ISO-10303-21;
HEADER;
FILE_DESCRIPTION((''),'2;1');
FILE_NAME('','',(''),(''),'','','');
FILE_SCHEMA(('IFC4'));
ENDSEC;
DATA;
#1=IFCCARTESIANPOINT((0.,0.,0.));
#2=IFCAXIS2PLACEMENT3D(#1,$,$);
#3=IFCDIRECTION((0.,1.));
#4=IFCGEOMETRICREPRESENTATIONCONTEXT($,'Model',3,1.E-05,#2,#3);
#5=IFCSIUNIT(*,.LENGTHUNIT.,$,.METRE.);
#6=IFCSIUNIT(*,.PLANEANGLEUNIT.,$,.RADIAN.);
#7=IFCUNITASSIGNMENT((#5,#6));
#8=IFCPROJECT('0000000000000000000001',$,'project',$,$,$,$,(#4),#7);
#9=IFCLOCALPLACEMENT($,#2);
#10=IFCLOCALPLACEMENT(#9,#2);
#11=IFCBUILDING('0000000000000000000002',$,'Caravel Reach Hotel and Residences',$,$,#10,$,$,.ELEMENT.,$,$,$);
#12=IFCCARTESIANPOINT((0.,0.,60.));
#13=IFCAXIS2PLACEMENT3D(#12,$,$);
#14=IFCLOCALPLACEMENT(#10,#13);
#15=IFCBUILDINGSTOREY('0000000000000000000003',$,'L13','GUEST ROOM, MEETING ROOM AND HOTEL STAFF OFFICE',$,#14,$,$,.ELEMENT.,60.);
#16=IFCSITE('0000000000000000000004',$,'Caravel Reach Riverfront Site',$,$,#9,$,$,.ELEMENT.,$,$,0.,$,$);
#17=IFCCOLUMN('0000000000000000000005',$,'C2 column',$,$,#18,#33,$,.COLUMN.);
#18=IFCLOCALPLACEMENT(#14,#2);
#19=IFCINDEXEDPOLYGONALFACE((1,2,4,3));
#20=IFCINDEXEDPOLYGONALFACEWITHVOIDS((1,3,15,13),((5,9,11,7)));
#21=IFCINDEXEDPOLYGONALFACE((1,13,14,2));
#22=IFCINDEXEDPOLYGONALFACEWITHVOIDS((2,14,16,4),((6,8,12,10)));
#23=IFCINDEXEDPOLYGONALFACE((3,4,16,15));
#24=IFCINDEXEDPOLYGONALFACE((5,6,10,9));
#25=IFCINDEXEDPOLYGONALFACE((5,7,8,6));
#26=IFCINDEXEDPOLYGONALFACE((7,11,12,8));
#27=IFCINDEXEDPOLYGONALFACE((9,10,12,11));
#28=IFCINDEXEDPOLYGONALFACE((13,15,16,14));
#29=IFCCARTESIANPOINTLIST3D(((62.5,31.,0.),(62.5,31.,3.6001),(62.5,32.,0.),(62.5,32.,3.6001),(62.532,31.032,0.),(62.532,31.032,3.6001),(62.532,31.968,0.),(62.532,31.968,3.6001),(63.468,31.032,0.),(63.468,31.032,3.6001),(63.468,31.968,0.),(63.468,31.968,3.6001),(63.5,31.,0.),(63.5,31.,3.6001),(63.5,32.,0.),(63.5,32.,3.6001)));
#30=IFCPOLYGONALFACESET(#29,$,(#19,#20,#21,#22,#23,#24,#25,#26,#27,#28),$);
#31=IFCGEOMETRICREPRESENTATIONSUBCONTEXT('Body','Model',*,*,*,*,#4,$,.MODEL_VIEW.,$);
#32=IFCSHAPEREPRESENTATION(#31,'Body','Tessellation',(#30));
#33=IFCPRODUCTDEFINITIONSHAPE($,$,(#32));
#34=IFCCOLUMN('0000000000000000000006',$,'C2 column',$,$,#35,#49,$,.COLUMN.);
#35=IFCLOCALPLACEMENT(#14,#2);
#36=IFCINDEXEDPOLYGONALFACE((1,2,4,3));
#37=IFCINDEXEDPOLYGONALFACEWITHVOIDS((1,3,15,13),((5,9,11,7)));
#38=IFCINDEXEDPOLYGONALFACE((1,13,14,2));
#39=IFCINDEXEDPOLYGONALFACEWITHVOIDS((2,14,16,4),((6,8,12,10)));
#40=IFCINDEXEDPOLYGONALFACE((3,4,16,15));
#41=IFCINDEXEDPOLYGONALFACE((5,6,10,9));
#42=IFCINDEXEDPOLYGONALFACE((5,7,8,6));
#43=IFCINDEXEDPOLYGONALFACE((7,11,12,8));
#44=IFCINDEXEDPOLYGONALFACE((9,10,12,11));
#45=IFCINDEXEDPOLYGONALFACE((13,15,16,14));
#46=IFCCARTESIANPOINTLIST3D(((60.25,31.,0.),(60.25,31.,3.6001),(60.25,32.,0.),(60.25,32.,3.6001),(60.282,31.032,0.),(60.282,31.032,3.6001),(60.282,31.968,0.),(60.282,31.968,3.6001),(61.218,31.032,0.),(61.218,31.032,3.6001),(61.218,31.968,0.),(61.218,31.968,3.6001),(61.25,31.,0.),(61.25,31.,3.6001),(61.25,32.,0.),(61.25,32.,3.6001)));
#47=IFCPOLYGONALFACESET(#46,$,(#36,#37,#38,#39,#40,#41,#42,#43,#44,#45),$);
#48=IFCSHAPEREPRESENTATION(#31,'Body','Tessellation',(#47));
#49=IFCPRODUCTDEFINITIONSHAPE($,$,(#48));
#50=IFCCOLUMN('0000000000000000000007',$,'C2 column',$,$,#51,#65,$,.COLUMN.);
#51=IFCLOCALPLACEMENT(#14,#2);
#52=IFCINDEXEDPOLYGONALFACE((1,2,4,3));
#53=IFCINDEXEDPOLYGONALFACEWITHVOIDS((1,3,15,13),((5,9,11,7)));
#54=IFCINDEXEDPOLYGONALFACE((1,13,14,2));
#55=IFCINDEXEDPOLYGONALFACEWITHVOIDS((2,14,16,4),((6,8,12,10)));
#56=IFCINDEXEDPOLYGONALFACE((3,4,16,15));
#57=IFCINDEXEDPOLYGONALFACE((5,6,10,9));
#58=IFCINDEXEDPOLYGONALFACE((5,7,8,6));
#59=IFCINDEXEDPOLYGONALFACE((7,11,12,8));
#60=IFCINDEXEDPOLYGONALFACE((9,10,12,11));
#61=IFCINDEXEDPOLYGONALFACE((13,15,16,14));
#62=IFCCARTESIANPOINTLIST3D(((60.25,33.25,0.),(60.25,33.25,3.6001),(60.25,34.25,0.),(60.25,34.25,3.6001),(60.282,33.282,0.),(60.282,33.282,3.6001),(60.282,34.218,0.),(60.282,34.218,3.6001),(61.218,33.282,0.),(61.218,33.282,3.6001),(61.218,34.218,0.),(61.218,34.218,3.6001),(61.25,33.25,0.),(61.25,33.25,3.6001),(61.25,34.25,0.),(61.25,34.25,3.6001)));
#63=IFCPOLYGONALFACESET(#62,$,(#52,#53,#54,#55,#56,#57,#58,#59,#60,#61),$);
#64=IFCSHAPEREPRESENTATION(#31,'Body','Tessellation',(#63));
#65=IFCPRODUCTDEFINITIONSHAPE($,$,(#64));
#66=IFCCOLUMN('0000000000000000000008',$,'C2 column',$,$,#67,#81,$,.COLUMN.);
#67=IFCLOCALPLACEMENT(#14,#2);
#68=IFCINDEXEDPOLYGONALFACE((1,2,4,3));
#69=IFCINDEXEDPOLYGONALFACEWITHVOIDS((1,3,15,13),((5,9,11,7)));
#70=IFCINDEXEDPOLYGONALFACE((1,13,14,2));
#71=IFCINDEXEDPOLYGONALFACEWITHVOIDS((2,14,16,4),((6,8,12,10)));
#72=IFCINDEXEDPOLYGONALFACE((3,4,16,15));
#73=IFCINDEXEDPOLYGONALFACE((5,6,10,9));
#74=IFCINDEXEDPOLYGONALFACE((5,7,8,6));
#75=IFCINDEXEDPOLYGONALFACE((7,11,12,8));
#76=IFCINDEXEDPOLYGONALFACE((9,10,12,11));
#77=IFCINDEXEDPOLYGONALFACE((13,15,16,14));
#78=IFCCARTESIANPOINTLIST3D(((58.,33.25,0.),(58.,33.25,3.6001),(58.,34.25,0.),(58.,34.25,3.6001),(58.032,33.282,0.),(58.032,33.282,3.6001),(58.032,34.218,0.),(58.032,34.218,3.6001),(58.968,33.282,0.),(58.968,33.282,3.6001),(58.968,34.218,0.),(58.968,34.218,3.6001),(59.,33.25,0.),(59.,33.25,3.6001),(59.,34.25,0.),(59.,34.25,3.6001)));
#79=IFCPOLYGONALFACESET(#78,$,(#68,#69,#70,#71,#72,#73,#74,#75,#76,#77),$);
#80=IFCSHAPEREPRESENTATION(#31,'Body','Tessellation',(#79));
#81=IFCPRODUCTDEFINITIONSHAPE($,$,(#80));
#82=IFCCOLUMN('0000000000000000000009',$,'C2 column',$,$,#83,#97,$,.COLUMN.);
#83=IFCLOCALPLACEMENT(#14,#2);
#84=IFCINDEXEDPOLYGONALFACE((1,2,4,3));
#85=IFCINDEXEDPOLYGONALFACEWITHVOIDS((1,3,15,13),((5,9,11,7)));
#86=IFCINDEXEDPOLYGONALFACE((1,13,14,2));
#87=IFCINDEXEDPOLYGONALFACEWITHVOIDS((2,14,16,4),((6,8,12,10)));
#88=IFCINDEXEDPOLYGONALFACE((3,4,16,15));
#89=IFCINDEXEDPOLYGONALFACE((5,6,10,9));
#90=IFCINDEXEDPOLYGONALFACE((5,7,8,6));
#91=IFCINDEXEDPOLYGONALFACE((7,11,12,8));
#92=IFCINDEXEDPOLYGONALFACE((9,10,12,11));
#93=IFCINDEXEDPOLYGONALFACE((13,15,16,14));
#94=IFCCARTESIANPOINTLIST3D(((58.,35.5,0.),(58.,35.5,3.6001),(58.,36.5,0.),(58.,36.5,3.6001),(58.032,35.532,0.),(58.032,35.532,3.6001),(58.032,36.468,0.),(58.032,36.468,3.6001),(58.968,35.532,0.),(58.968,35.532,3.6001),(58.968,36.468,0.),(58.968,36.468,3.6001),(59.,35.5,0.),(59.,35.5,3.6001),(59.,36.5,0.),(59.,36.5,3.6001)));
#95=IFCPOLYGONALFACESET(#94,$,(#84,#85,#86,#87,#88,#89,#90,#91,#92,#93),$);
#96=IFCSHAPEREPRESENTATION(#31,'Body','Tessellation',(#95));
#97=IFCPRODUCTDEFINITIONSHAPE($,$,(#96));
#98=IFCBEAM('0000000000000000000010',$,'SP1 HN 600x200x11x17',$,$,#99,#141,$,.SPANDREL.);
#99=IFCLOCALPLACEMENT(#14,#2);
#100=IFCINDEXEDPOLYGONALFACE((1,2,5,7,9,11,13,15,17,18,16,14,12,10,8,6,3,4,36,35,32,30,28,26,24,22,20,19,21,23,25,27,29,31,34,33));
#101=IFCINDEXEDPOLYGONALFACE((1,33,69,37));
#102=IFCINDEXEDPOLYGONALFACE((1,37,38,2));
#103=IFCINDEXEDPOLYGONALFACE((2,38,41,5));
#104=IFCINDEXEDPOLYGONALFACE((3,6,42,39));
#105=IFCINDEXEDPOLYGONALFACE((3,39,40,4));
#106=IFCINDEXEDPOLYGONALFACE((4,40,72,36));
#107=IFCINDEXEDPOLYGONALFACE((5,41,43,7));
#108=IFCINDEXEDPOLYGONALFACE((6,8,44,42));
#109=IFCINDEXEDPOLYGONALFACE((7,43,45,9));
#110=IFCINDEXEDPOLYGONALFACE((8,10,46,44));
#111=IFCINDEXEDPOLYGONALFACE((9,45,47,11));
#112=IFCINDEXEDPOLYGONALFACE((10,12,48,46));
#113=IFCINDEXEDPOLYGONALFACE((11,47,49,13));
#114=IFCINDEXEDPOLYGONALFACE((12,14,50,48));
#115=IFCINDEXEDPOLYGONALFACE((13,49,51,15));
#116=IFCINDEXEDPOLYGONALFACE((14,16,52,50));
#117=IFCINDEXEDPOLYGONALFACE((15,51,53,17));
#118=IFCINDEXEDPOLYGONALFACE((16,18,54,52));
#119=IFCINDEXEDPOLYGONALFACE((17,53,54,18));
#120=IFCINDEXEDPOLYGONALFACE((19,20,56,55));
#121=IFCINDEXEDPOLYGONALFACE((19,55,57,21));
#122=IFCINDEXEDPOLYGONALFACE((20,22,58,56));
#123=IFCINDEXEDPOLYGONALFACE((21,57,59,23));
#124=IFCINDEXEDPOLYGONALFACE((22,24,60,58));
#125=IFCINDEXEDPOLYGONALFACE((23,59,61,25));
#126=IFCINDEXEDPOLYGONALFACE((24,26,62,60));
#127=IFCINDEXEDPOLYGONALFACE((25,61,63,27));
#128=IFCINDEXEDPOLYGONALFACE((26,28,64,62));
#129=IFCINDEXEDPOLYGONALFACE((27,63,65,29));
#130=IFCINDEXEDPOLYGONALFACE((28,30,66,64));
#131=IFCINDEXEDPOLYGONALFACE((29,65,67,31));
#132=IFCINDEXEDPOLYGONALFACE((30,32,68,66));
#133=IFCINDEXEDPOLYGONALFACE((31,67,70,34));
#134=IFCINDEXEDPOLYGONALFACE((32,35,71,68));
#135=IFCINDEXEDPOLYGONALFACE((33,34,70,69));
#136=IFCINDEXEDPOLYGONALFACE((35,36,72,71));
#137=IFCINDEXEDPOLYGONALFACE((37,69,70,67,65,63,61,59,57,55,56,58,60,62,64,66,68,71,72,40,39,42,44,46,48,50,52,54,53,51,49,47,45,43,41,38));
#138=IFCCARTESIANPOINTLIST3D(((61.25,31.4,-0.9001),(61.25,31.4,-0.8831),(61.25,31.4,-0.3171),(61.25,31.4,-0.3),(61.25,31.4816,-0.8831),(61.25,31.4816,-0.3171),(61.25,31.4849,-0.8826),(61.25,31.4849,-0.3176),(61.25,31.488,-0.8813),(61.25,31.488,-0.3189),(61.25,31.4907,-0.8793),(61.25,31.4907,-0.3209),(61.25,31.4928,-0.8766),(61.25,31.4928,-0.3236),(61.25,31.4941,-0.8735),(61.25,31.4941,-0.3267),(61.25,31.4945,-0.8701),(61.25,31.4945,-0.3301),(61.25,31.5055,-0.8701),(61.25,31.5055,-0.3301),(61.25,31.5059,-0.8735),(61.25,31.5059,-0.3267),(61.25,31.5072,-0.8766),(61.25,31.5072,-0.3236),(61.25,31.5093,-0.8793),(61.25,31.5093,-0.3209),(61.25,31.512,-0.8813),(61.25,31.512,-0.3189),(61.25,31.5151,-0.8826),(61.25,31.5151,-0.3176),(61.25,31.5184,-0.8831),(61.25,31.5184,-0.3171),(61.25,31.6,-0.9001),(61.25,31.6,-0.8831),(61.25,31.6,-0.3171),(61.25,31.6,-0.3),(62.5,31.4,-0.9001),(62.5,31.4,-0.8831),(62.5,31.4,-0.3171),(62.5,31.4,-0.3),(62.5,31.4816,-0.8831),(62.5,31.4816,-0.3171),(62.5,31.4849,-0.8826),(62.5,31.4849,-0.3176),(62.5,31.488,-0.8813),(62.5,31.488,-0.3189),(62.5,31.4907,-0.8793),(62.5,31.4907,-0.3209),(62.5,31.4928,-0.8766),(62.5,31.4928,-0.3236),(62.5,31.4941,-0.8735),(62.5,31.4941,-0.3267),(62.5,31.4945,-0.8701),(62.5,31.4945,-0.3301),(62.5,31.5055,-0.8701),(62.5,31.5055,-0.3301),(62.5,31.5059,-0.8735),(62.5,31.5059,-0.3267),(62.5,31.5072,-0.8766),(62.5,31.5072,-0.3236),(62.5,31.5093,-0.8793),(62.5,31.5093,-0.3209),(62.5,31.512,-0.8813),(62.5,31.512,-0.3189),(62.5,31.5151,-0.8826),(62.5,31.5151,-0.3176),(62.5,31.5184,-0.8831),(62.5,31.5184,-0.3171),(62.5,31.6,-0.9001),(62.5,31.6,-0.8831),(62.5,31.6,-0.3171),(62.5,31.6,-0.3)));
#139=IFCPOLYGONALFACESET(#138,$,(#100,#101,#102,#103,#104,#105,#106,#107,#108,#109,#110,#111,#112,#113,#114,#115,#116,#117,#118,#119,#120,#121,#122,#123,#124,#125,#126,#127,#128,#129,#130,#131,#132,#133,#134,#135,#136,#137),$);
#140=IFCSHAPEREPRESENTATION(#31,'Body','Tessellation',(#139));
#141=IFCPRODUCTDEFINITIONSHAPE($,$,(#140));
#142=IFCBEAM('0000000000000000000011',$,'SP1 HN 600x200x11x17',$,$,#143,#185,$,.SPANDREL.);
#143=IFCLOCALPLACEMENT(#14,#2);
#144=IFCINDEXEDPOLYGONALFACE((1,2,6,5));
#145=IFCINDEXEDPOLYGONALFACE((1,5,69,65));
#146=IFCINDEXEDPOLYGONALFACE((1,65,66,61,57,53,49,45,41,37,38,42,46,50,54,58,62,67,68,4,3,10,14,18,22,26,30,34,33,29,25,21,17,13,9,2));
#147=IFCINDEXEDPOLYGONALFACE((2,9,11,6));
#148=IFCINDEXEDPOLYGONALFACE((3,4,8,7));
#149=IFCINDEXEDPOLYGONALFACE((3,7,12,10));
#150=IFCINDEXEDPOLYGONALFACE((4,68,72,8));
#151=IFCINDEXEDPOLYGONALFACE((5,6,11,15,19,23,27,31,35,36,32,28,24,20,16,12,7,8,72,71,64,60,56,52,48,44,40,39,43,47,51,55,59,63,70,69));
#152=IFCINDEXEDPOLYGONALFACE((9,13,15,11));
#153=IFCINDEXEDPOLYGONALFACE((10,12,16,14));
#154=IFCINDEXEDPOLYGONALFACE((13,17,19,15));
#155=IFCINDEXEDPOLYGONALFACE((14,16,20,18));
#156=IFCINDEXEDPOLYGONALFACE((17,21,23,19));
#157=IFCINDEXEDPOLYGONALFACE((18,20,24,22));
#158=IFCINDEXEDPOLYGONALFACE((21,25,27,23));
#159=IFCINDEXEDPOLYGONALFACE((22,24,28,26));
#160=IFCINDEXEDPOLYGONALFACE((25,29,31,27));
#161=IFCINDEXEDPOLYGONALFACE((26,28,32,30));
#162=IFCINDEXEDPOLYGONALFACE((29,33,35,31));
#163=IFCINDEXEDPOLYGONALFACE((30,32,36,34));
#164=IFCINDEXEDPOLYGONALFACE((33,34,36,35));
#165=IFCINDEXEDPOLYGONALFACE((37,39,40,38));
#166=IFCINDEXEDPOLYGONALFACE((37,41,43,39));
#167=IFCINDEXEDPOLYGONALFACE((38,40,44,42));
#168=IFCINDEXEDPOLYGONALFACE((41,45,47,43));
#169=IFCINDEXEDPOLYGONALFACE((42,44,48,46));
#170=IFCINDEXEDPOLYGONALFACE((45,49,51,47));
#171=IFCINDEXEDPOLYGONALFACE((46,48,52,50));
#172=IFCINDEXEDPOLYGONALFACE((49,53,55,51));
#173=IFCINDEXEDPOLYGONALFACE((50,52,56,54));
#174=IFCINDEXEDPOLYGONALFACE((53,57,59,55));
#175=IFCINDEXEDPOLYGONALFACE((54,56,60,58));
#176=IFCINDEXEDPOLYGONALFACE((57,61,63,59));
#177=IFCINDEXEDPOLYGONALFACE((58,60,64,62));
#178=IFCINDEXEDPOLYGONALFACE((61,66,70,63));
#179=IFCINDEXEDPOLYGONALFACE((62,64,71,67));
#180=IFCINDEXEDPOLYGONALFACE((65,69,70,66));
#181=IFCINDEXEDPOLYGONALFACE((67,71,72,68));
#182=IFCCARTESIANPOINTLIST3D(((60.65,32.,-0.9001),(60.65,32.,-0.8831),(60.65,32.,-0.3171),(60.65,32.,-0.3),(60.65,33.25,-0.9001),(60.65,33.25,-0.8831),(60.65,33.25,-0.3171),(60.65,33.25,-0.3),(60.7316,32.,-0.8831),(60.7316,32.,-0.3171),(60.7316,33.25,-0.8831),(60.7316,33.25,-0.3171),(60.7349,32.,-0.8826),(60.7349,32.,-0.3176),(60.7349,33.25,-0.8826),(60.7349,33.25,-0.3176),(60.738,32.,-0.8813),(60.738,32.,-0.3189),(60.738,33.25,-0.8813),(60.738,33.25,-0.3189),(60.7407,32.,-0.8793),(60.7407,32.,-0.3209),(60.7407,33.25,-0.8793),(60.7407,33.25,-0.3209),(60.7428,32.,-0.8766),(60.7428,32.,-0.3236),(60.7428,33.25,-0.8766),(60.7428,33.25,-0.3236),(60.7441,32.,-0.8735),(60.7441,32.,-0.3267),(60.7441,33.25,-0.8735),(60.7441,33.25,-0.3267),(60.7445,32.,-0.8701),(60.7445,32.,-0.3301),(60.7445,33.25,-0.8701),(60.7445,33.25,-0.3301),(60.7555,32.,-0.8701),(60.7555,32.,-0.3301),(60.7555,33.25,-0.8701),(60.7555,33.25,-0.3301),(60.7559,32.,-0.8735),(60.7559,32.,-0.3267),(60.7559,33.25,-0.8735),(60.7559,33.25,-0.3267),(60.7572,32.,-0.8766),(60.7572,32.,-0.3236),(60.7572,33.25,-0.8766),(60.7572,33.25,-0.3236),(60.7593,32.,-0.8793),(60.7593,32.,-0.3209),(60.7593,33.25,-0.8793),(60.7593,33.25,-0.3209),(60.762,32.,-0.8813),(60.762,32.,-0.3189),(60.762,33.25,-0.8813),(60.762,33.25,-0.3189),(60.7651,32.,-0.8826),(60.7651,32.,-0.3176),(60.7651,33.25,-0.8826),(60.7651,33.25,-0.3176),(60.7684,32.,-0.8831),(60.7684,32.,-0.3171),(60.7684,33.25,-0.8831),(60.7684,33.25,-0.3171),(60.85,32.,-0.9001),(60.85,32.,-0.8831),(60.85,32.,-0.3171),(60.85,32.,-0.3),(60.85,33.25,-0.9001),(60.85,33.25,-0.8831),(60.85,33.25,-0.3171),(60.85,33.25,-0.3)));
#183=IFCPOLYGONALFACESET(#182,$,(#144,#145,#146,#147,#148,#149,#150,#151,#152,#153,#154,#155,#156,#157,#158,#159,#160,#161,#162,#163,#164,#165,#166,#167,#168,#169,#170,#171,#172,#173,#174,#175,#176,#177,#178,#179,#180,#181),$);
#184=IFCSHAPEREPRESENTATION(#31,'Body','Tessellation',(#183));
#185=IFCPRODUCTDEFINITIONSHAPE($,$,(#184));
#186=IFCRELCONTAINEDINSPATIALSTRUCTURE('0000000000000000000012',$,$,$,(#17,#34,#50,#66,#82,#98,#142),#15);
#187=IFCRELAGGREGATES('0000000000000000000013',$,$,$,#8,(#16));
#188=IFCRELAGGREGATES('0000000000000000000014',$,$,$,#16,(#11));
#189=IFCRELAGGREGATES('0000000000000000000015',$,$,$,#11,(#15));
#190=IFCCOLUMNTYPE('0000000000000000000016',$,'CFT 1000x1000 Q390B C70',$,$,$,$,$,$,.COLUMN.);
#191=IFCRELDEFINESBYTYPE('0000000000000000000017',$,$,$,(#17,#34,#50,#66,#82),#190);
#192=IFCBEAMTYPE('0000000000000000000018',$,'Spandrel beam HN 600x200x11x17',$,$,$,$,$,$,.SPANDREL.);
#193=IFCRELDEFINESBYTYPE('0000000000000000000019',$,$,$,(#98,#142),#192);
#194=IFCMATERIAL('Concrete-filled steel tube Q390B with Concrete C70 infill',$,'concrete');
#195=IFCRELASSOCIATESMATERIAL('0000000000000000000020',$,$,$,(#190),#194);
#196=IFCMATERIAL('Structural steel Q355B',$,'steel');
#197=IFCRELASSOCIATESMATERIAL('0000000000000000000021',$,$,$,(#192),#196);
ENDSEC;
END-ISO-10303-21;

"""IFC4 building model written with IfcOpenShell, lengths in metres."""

from ifc_helpers import new_model, si_unit, direction, frame, origin, origin_2d, place, context, subcontext, project, spatial, hollow_rectangle, i_section, extrude, material, material_profile, profile_set, type_object, element, save


model = new_model("IFC4")

# Units and contexts
model_context = context("Model", 3, precision=1e-05, world=origin(), true_north=direction((0.0, 1.0)))
body_context = subcontext(model_context, "Body", "Model", "MODEL_VIEW")
ifc_project = project(units=[si_unit("LENGTHUNIT", "METRE"), si_unit("PLANEANGLEUNIT", "RADIAN")], contexts=[model_context])

# Site, building, storey
site_placement = place(None, origin())
site = spatial("IfcSite", under=ifc_project, at=site_placement, Name="Caravel Reach Riverfront Site", CompositionType="ELEMENT", RefElevation=0.0)
building_placement = place(site_placement, origin())
building = spatial("IfcBuilding", under=site, at=building_placement, Name="Caravel Reach Hotel and Residences", CompositionType="ELEMENT")
storey_placement = place(building_placement, frame((0.0, 0.0, 60.0)))
storey = spatial("IfcBuildingStorey", under=building, at=storey_placement, Name="L13", Description="GUEST ROOM, MEETING ROOM AND HOTEL STAFF OFFICE", CompositionType="ELEMENT", Elevation=60.0)

# Columns
ifc_material_1 = material(Name="Concrete-filled steel tube Q390B with Concrete C70 infill", Category="concrete")
ifc_material_profile_1 = material_profile(ifc_material_1, hollow_rectangle(XDim=1.0, YDim=1.0, WallThickness=0.032, at=origin_2d()), Name="RHS 1000x1000x32")
ifc_profile_set_1 = profile_set([ifc_material_profile_1], Name="Concrete-filled steel tube Q390B with Concrete C70 infill")
column_type = type_object("IfcColumnType", Name="CFT 1000x1000 Q390B C70", PredefinedType="COLUMN", material=ifc_profile_set_1)
for number, where, z_axis, x_axis, name in (
    (1, (63.0, 31.5, 0.0), (0.0, 0.0, 1.0), (1.0, 0.0, 0.0), "C2 column"),
    (2, (60.75, 31.5, 0.0), (0.0, 0.0, 1.0), (1.0, 0.0, 0.0), "C2 column"),
    (3, (60.75, 33.75, 0.0), (0.0, 0.0, 1.0), (1.0, 0.0, 0.0), "C2 column"),
    (4, (58.5, 33.75, 0.0), (0.0, 0.0, 1.0), (1.0, 0.0, 0.0), "C2 column"),
    (5, (58.5, 36.0, 0.0), (0.0, 0.0, 1.0), (1.0, 0.0, 0.0), "C2 column"),
):
    element("IfcColumn", number, at=place(storey_placement, frame(where, z_axis=z_axis, x_axis=x_axis)), inside=storey, type_object=column_type, Name=name, PredefinedType="COLUMN", context=body_context, shape_type="SweptSolid", body=[
        extrude(hollow_rectangle(XDim=1.0, YDim=1.0, WallThickness=0.032, at=origin_2d()), origin(), (0.0, 0.0, 1.0), 3.6001),
    ])

# Beams
ifc_material_2 = material(Name="Structural steel Q355B", Category="steel")
ifc_material_profile_2 = material_profile(ifc_material_2, i_section(OverallWidth=0.2, OverallDepth=0.6001, WebThickness=0.011, FlangeThickness=0.0171, FilletRadius=0.0129, at=origin_2d()), Name="HN 600x200x11x17")
ifc_profile_set_2 = profile_set([ifc_material_profile_2], Name="Structural steel Q355B")
beam_type = type_object("IfcBeamType", Name="Spandrel beam HN 600x200x11x17", PredefinedType="SPANDREL", material=ifc_profile_set_2)
for number, where, z_axis, x_axis, name in (
    (6, (62.5, 31.5, -0.6001), (-1.0, 0.0, 0.0), (0.0, -1.0, 0.0), "SP1 HN 600x200x11x17"),
    (7, (60.75, 32.0, -0.6001), (0.0, 1.0, 0.0), (-1.0, 0.0, 0.0), "SP1 HN 600x200x11x17"),
):
    element("IfcBeam", number, at=place(storey_placement, frame(where, z_axis=z_axis, x_axis=x_axis)), inside=storey, type_object=beam_type, Name=name, PredefinedType="SPANDREL", context=body_context, shape_type="SweptSolid", body=[
        extrude(i_section(OverallWidth=0.2, OverallDepth=0.6001, WebThickness=0.011, FlangeThickness=0.0171, FilletRadius=0.0129, at=origin_2d()), origin(), (0.0, 0.0, 1.0), 1.25),
    ])

save(model, "model.ifc")
